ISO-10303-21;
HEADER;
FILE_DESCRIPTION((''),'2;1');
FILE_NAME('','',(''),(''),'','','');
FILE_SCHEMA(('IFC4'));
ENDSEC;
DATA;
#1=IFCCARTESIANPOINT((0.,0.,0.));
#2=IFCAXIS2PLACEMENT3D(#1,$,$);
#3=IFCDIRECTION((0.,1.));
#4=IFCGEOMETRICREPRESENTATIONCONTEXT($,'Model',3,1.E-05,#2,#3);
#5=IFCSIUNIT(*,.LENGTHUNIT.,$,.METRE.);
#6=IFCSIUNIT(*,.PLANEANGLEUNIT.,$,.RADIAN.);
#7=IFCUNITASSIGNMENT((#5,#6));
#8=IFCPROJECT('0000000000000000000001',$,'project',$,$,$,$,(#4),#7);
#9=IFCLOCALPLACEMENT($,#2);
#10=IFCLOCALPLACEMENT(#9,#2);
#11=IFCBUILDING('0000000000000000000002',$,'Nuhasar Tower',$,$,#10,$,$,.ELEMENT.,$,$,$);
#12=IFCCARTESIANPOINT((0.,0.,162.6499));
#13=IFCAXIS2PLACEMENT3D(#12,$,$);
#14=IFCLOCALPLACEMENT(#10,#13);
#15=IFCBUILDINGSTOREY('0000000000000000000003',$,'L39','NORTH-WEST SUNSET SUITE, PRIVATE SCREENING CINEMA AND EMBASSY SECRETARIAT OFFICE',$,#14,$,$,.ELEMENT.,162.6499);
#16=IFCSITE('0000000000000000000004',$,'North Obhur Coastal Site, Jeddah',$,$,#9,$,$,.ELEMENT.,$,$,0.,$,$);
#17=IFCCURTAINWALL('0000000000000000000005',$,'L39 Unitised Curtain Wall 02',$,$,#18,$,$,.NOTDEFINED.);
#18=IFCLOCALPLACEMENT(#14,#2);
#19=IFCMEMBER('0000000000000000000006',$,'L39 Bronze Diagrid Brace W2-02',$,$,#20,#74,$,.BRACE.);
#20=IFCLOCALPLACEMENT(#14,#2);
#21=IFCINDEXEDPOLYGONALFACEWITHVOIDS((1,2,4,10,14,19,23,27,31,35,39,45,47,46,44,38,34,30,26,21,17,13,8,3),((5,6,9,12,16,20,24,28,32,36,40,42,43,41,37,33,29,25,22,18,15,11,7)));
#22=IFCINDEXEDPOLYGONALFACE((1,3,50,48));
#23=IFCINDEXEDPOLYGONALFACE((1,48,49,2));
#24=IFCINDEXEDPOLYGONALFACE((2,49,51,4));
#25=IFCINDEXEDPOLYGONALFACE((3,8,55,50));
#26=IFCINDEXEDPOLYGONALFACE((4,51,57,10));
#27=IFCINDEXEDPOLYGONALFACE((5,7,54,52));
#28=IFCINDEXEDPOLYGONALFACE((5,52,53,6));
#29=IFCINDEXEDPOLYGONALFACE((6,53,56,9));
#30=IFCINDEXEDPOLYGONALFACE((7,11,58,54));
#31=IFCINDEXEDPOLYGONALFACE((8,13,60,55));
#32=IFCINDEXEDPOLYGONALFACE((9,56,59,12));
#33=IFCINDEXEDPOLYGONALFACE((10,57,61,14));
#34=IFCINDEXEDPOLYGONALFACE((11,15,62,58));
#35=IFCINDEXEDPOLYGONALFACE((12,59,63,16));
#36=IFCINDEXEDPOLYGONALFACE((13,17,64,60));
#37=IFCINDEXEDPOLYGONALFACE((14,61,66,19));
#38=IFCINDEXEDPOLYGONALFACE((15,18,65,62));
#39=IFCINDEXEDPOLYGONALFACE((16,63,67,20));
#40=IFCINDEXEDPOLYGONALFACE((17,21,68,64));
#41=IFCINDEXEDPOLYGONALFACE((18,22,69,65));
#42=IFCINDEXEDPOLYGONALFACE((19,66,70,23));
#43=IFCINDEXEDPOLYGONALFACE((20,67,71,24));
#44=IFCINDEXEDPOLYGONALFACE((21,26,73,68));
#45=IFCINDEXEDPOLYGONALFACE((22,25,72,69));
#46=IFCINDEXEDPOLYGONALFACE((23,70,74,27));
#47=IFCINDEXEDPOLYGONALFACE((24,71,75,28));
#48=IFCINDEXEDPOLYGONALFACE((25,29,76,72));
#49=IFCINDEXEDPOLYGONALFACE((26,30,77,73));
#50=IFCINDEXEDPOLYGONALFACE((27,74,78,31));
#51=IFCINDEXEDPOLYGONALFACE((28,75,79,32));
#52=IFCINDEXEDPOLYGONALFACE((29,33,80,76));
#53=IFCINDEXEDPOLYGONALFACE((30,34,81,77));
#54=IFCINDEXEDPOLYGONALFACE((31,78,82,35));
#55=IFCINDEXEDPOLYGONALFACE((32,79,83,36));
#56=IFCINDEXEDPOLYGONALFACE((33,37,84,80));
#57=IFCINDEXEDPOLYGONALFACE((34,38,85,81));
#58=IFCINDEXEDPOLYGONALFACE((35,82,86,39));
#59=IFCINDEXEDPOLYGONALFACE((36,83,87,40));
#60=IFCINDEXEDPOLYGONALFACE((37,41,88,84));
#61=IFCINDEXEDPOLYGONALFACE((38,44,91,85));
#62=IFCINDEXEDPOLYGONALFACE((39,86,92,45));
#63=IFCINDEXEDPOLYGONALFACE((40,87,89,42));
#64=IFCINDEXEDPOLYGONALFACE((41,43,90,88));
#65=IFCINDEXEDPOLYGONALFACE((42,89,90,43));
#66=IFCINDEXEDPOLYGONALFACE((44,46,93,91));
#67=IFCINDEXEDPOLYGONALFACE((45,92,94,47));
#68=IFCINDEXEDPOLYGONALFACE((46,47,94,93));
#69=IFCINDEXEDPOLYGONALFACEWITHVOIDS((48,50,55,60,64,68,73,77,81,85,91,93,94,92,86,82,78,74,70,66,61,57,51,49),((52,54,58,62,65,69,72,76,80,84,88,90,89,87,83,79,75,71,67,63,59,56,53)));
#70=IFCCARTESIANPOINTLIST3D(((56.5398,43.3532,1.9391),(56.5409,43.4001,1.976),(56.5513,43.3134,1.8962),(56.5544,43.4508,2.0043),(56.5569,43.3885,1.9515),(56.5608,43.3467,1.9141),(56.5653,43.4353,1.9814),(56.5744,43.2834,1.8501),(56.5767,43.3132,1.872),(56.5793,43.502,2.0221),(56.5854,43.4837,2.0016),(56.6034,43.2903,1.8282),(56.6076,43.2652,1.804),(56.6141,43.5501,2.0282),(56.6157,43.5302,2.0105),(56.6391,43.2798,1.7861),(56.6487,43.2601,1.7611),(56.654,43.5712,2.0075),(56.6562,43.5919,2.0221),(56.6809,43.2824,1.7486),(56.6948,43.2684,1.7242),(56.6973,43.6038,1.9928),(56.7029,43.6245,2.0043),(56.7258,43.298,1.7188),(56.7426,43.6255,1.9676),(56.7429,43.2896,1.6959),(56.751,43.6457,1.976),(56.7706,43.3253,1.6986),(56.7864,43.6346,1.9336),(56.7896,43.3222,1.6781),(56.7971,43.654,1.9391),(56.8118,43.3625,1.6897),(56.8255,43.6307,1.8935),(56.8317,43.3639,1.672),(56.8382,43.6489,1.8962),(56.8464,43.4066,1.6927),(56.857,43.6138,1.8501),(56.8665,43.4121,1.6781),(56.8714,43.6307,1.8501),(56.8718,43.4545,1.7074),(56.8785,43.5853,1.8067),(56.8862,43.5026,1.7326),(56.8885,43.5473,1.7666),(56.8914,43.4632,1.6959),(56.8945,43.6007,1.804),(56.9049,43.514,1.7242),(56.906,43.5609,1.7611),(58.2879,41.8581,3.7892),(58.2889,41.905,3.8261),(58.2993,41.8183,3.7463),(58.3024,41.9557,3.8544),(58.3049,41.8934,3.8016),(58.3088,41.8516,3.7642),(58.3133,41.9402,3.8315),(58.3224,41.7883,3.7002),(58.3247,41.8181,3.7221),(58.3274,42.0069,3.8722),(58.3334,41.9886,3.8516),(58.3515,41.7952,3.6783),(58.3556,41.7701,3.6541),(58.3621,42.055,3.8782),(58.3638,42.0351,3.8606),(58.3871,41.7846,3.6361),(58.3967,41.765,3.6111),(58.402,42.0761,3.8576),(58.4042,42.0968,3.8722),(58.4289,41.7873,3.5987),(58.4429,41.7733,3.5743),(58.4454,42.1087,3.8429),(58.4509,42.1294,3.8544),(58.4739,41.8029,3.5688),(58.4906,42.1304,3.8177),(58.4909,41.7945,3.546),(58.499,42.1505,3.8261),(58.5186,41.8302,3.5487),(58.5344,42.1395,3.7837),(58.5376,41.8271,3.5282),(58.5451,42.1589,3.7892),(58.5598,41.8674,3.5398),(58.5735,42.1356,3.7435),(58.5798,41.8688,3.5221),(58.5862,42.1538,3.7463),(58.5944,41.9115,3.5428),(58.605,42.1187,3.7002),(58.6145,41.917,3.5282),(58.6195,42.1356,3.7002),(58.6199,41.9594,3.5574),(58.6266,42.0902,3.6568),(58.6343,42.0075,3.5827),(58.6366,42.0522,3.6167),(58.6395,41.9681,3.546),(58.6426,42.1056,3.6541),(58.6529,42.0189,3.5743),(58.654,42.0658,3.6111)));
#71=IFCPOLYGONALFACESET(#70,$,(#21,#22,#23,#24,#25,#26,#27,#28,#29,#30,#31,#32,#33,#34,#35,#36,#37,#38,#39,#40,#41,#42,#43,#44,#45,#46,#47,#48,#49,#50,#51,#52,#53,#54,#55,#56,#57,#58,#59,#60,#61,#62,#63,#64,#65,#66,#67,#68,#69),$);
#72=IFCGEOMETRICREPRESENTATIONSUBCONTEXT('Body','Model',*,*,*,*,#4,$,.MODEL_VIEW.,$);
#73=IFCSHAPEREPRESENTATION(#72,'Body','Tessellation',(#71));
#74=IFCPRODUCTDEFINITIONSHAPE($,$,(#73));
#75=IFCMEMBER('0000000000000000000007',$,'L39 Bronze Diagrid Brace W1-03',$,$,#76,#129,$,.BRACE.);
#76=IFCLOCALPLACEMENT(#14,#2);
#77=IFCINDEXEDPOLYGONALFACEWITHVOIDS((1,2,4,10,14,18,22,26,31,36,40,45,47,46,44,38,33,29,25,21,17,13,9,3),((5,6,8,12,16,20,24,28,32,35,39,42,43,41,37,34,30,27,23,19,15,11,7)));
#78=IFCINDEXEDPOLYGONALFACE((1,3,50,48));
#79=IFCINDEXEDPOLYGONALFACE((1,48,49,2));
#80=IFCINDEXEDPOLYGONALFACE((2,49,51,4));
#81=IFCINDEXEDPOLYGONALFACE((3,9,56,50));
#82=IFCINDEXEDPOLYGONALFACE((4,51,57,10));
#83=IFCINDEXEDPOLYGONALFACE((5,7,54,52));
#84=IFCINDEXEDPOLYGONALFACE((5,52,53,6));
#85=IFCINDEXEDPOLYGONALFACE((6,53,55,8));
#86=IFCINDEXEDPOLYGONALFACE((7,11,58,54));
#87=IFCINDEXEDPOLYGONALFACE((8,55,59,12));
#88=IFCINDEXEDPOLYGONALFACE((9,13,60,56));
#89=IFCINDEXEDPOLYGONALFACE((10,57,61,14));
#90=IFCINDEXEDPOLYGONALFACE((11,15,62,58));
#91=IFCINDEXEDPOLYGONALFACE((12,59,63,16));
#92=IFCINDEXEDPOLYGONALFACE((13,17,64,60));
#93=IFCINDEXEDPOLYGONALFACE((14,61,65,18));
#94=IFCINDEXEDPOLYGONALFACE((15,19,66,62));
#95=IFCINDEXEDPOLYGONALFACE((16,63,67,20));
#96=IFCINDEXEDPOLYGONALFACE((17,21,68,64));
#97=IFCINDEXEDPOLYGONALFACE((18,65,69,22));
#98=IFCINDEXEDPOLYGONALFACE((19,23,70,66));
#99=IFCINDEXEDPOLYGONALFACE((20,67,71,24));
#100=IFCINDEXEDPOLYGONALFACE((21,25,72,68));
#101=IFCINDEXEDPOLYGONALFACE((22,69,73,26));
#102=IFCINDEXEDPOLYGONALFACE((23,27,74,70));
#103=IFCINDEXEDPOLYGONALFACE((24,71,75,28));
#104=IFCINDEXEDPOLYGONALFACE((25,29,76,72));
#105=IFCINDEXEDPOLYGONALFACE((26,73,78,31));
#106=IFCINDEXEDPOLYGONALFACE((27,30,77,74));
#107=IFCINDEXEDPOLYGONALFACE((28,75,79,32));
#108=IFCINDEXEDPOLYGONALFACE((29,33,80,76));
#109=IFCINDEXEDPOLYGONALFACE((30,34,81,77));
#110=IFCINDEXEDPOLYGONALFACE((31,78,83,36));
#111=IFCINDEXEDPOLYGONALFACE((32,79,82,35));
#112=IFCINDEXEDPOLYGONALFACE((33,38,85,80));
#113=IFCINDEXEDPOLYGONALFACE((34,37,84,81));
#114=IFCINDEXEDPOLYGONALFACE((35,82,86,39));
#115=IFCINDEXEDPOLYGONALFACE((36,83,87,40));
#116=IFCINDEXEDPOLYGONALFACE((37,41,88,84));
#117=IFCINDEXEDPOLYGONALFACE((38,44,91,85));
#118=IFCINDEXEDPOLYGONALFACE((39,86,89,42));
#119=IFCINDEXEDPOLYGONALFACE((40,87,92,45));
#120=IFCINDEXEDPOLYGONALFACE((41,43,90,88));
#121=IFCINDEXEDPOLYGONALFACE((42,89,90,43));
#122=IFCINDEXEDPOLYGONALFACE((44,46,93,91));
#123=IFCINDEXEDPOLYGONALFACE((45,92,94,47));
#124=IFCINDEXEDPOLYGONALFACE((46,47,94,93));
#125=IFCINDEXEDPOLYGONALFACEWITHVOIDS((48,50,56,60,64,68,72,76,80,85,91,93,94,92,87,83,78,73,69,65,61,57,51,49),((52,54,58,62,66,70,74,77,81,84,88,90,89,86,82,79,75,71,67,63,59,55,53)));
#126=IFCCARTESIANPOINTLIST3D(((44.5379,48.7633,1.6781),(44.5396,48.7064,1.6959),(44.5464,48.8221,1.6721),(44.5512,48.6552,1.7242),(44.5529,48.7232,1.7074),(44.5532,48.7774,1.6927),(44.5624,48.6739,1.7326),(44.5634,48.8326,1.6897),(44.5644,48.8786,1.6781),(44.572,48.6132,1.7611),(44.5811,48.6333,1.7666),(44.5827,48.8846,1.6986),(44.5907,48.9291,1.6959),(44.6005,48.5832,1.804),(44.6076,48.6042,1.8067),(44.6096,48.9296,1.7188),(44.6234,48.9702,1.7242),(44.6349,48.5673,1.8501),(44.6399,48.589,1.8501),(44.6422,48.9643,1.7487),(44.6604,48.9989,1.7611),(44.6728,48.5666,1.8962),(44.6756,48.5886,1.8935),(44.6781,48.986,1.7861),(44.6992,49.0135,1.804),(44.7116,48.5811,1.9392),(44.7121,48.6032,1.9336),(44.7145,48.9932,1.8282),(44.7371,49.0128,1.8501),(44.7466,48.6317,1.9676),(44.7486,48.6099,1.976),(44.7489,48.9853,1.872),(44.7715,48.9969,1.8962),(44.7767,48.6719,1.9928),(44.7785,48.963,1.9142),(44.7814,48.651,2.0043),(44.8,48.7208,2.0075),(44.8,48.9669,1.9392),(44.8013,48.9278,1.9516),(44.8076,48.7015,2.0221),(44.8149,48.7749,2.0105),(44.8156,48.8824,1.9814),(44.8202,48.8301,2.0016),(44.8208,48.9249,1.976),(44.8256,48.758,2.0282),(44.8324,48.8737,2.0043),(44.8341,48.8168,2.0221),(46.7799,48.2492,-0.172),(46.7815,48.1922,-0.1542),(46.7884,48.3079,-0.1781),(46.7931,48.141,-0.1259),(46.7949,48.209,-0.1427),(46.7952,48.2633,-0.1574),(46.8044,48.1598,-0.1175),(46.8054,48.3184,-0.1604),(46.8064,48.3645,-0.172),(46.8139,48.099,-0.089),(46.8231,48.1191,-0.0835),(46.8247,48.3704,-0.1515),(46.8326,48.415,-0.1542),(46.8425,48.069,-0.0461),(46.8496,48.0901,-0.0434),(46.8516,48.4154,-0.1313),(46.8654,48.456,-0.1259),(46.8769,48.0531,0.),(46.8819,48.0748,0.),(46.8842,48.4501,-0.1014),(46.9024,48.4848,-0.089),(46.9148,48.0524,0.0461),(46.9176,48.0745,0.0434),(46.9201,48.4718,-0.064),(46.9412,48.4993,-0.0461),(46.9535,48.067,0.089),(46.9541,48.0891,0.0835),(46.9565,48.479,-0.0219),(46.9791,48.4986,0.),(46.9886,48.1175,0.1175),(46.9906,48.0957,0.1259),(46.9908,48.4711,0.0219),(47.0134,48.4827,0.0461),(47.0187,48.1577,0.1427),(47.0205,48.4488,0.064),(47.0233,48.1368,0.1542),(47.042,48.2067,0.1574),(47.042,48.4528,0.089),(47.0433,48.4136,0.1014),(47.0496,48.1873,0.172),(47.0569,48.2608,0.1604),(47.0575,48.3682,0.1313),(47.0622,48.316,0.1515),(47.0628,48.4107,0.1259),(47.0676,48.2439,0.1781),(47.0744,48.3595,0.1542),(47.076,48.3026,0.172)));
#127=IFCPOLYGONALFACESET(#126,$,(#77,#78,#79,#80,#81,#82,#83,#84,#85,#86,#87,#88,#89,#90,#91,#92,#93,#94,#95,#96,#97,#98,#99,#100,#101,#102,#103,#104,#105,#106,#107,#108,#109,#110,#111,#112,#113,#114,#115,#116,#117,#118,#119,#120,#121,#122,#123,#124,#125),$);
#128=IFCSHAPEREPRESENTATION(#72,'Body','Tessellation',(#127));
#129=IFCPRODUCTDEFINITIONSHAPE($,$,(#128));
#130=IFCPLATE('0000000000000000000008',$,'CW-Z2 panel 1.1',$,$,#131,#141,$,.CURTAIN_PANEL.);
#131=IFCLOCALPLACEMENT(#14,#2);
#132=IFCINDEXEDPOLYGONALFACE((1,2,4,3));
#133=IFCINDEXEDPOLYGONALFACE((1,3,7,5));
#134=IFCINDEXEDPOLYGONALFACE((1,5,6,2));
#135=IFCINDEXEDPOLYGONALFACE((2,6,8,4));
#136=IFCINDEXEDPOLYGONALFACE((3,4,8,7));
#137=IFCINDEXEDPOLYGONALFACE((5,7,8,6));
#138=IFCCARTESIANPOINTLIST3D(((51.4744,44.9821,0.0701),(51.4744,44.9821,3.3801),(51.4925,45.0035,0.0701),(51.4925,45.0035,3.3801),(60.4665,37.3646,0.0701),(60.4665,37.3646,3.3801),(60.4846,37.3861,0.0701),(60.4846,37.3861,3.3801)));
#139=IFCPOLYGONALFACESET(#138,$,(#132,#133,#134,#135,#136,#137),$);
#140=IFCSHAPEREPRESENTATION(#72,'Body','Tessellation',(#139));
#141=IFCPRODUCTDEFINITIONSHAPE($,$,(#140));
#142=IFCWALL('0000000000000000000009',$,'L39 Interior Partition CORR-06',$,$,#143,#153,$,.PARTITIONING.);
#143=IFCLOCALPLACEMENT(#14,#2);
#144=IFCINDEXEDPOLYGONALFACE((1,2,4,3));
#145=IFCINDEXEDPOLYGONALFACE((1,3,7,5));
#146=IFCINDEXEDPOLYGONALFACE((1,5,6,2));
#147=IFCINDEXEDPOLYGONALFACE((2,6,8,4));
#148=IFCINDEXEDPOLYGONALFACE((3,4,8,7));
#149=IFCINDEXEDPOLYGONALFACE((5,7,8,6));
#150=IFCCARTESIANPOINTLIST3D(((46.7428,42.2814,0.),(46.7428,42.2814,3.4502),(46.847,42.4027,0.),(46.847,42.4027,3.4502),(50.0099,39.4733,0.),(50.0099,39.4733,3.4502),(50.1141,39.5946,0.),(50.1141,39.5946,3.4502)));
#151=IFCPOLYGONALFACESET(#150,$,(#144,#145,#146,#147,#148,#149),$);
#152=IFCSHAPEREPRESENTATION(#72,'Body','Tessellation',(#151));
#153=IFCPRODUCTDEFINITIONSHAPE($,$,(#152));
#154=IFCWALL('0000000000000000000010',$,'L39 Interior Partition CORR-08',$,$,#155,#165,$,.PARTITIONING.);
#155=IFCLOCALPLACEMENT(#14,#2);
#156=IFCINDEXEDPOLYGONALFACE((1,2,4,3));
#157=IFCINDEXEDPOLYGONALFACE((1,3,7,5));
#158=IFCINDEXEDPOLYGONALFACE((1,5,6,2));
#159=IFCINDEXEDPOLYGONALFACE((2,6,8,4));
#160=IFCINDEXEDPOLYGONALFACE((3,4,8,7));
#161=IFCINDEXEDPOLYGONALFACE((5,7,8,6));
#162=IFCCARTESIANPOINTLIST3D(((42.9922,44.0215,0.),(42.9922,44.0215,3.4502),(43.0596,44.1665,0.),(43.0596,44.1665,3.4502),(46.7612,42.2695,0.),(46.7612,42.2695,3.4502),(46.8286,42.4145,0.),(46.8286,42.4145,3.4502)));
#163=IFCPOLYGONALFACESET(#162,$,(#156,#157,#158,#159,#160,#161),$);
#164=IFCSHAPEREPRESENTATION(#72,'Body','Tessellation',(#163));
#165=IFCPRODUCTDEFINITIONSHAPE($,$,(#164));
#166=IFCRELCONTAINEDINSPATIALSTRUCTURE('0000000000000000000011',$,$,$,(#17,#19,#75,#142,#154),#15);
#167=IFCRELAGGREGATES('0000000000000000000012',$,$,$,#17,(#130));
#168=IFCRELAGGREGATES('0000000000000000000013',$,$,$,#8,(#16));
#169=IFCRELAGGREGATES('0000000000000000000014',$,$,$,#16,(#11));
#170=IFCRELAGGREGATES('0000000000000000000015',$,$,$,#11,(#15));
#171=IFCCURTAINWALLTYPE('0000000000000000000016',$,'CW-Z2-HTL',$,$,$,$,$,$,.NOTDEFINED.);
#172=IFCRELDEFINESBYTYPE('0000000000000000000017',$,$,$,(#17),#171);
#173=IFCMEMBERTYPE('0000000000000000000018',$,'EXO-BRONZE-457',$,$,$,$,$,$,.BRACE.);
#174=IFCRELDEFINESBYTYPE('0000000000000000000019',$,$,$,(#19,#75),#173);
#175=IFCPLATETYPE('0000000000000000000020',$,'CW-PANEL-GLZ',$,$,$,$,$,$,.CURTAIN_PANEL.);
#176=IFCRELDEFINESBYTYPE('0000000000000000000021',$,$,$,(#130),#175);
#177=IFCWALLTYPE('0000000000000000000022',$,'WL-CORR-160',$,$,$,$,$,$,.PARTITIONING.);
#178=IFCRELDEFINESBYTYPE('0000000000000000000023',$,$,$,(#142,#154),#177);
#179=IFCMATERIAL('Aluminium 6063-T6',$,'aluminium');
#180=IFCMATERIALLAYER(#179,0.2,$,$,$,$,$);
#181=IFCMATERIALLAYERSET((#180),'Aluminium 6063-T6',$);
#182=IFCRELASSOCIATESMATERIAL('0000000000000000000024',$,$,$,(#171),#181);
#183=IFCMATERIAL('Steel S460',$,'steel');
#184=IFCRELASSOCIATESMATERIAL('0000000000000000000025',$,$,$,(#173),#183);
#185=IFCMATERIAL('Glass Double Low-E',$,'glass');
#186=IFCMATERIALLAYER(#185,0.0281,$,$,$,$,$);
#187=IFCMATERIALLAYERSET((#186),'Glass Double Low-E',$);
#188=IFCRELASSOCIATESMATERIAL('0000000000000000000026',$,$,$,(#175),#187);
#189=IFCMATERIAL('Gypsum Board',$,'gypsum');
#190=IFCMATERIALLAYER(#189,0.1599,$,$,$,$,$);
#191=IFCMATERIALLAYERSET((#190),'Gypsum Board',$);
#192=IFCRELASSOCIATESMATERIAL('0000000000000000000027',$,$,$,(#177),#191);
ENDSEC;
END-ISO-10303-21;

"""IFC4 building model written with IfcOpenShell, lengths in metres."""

from ifc_helpers import new_model, si_unit, direction, frame, frame_2d, origin, origin_2d, place, context, subcontext, project, spatial, rectangle, hollow_circle, extrude, material, layer, layer_set, material_profile, profile_set, type_object, element, aggregate, save


model = new_model("IFC4")

# Units and contexts
model_context = context("Model", 3, precision=1e-05, world=origin(), true_north=direction((0.0, 1.0)))
body_context = subcontext(model_context, "Body", "Model", "MODEL_VIEW")
ifc_project = project(units=[si_unit("LENGTHUNIT", "METRE"), si_unit("PLANEANGLEUNIT", "RADIAN")], contexts=[model_context])

# Site, building, storey
site_placement = place(None, origin())
site = spatial("IfcSite", under=ifc_project, at=site_placement, Name="North Obhur Coastal Site, Jeddah", CompositionType="ELEMENT", RefElevation=0.0)
building_placement = place(site_placement, origin())
building = spatial("IfcBuilding", under=site, at=building_placement, Name="Nuhasar Tower", CompositionType="ELEMENT")
storey_placement = place(building_placement, frame((0.0, 0.0, 162.6499)))
storey = spatial("IfcBuildingStorey", under=building, at=storey_placement, Name="L39", Description="NORTH-WEST SUNSET SUITE, PRIVATE SCREENING CINEMA AND EMBASSY SECRETARIAT OFFICE", CompositionType="ELEMENT", Elevation=162.6499)

# Curtain wall
ifc_material_1 = material(Name="Aluminium 6063-T6", Category="aluminium")
ifc_layer_1 = layer(ifc_material_1, 0.2)
ifc_layer_set_1 = layer_set([ifc_layer_1], Name="Aluminium 6063-T6")
curtain_wall_type = type_object("IfcCurtainWallType", Name="CW-Z2-HTL", PredefinedType="NOTDEFINED", material=ifc_layer_set_1)
curtain_wall_1_placement = place(storey_placement, origin())
curtain_wall_1 = element("IfcCurtainWall", 1, at=curtain_wall_1_placement, inside=storey, type_object=curtain_wall_type, Name="L39 Unitised Curtain Wall 02", PredefinedType="NOTDEFINED")

# Members
ifc_material_2 = material(Name="Steel S460", Category="steel")
ifc_material_profile_1 = material_profile(ifc_material_2, hollow_circle(Radius=0.2285, WallThickness=0.0222, at=origin_2d()), Name="HSS457X22.2")
ifc_profile_set_1 = profile_set([ifc_material_profile_1], Name="Steel S460")
member_type_1 = type_object("IfcMemberType", Name="EXO-BRONZE-457", PredefinedType="BRACE", material=ifc_profile_set_1)
for number, where, z_axis, x_axis, name in (
    (2, (56.7229, 43.457, 1.8501), (0.59217, -0.506488, 0.626741), (0.649987, 0.759945, 0.0), "L39 Bronze Diagrid Brace W2-02"),
    (3, (46.928, 48.2759, 0.0), (-0.7595, 0.174181, 0.626755), (-0.223534, -0.974696, 0.0), "L39 Bronze Diagrid Brace W1-03"),
):
    element("IfcMember", number, at=place(storey_placement, frame(where, z_axis=z_axis, x_axis=x_axis)), inside=storey, type_object=member_type_1, Name=name, PredefinedType="BRACE", context=body_context, shape_type="SweptSolid", body=[
        extrude(hollow_circle(Radius=0.2285, WallThickness=0.0222, at=origin_2d()), origin(), (0.0, 0.0, 1.0), 2.9519),
    ])

# Plate
ifc_material_3 = material(Name="Glass Double Low-E", Category="glass")
ifc_layer_2 = layer(ifc_material_3, 0.0281)
ifc_layer_set_2 = layer_set([ifc_layer_2], Name="Glass Double Low-E")
plate_type = type_object("IfcPlateType", Name="CW-PANEL-GLZ", PredefinedType="CURTAIN_PANEL", material=ifc_layer_set_2)
plate_placement = place(storey_placement, frame((55.9795, 41.1841, 0.0701), z_axis=(0.0, 0.0, 1.0), x_axis=(-0.76302, 0.646374, 0.0)))
plate = element("IfcPlate", 4, at=plate_placement, type_object=plate_type, Name="CW-Z2 panel 1.1", PredefinedType="CURTAIN_PANEL", context=body_context, shape_type="SweptSolid", body=[
    extrude(rectangle(XDim=11.7849, YDim=0.0281, at=origin_2d()), origin(), (0.0, 0.0, 1.0), 3.3101),
])
aggregate(curtain_wall_1, [plate])

# Shared definitions
ifc_material_4 = material(Name="Gypsum Board", Category="gypsum")
ifc_layer_3 = layer(ifc_material_4, 0.1599)
ifc_layer_set_3 = layer_set([ifc_layer_3], Name="Gypsum Board")
wall_type = type_object("IfcWallType", Name="WL-CORR-160", PredefinedType="PARTITIONING", material=ifc_layer_set_3)

# Walls
wall_1_placement = place(storey_placement, frame((50.062, 39.5339, 0.0), z_axis=(0.0, 0.0, 1.0), x_axis=(-0.758368, 0.651827, 0.0)))
element("IfcWall", 5, at=wall_1_placement, inside=storey, type_object=wall_type, Name="L39 Interior Partition CORR-06", PredefinedType="PARTITIONING", context=body_context, shape_type="SweptSolid", body=[
    extrude(rectangle(XDim=4.3081, YDim=0.1599, at=frame_2d((2.1541, 0.0))), origin(), (0.0, 0.0, 1.0), 3.4502),
])
wall_2_placement = place(storey_placement, frame((46.7949, 42.342, 0.0), z_axis=(0.0, 0.0, 1.0), x_axis=(-0.906821, 0.421515, 0.0)))
element("IfcWall", 6, at=wall_2_placement, inside=storey, type_object=wall_type, Name="L39 Interior Partition CORR-08", PredefinedType="PARTITIONING", context=body_context, shape_type="SweptSolid", body=[
    extrude(rectangle(XDim=4.1562, YDim=0.1599, at=frame_2d((2.0781, 0.0))), origin(), (0.0, 0.0, 1.0), 3.4502),
])

save(model, "model.ifc")
